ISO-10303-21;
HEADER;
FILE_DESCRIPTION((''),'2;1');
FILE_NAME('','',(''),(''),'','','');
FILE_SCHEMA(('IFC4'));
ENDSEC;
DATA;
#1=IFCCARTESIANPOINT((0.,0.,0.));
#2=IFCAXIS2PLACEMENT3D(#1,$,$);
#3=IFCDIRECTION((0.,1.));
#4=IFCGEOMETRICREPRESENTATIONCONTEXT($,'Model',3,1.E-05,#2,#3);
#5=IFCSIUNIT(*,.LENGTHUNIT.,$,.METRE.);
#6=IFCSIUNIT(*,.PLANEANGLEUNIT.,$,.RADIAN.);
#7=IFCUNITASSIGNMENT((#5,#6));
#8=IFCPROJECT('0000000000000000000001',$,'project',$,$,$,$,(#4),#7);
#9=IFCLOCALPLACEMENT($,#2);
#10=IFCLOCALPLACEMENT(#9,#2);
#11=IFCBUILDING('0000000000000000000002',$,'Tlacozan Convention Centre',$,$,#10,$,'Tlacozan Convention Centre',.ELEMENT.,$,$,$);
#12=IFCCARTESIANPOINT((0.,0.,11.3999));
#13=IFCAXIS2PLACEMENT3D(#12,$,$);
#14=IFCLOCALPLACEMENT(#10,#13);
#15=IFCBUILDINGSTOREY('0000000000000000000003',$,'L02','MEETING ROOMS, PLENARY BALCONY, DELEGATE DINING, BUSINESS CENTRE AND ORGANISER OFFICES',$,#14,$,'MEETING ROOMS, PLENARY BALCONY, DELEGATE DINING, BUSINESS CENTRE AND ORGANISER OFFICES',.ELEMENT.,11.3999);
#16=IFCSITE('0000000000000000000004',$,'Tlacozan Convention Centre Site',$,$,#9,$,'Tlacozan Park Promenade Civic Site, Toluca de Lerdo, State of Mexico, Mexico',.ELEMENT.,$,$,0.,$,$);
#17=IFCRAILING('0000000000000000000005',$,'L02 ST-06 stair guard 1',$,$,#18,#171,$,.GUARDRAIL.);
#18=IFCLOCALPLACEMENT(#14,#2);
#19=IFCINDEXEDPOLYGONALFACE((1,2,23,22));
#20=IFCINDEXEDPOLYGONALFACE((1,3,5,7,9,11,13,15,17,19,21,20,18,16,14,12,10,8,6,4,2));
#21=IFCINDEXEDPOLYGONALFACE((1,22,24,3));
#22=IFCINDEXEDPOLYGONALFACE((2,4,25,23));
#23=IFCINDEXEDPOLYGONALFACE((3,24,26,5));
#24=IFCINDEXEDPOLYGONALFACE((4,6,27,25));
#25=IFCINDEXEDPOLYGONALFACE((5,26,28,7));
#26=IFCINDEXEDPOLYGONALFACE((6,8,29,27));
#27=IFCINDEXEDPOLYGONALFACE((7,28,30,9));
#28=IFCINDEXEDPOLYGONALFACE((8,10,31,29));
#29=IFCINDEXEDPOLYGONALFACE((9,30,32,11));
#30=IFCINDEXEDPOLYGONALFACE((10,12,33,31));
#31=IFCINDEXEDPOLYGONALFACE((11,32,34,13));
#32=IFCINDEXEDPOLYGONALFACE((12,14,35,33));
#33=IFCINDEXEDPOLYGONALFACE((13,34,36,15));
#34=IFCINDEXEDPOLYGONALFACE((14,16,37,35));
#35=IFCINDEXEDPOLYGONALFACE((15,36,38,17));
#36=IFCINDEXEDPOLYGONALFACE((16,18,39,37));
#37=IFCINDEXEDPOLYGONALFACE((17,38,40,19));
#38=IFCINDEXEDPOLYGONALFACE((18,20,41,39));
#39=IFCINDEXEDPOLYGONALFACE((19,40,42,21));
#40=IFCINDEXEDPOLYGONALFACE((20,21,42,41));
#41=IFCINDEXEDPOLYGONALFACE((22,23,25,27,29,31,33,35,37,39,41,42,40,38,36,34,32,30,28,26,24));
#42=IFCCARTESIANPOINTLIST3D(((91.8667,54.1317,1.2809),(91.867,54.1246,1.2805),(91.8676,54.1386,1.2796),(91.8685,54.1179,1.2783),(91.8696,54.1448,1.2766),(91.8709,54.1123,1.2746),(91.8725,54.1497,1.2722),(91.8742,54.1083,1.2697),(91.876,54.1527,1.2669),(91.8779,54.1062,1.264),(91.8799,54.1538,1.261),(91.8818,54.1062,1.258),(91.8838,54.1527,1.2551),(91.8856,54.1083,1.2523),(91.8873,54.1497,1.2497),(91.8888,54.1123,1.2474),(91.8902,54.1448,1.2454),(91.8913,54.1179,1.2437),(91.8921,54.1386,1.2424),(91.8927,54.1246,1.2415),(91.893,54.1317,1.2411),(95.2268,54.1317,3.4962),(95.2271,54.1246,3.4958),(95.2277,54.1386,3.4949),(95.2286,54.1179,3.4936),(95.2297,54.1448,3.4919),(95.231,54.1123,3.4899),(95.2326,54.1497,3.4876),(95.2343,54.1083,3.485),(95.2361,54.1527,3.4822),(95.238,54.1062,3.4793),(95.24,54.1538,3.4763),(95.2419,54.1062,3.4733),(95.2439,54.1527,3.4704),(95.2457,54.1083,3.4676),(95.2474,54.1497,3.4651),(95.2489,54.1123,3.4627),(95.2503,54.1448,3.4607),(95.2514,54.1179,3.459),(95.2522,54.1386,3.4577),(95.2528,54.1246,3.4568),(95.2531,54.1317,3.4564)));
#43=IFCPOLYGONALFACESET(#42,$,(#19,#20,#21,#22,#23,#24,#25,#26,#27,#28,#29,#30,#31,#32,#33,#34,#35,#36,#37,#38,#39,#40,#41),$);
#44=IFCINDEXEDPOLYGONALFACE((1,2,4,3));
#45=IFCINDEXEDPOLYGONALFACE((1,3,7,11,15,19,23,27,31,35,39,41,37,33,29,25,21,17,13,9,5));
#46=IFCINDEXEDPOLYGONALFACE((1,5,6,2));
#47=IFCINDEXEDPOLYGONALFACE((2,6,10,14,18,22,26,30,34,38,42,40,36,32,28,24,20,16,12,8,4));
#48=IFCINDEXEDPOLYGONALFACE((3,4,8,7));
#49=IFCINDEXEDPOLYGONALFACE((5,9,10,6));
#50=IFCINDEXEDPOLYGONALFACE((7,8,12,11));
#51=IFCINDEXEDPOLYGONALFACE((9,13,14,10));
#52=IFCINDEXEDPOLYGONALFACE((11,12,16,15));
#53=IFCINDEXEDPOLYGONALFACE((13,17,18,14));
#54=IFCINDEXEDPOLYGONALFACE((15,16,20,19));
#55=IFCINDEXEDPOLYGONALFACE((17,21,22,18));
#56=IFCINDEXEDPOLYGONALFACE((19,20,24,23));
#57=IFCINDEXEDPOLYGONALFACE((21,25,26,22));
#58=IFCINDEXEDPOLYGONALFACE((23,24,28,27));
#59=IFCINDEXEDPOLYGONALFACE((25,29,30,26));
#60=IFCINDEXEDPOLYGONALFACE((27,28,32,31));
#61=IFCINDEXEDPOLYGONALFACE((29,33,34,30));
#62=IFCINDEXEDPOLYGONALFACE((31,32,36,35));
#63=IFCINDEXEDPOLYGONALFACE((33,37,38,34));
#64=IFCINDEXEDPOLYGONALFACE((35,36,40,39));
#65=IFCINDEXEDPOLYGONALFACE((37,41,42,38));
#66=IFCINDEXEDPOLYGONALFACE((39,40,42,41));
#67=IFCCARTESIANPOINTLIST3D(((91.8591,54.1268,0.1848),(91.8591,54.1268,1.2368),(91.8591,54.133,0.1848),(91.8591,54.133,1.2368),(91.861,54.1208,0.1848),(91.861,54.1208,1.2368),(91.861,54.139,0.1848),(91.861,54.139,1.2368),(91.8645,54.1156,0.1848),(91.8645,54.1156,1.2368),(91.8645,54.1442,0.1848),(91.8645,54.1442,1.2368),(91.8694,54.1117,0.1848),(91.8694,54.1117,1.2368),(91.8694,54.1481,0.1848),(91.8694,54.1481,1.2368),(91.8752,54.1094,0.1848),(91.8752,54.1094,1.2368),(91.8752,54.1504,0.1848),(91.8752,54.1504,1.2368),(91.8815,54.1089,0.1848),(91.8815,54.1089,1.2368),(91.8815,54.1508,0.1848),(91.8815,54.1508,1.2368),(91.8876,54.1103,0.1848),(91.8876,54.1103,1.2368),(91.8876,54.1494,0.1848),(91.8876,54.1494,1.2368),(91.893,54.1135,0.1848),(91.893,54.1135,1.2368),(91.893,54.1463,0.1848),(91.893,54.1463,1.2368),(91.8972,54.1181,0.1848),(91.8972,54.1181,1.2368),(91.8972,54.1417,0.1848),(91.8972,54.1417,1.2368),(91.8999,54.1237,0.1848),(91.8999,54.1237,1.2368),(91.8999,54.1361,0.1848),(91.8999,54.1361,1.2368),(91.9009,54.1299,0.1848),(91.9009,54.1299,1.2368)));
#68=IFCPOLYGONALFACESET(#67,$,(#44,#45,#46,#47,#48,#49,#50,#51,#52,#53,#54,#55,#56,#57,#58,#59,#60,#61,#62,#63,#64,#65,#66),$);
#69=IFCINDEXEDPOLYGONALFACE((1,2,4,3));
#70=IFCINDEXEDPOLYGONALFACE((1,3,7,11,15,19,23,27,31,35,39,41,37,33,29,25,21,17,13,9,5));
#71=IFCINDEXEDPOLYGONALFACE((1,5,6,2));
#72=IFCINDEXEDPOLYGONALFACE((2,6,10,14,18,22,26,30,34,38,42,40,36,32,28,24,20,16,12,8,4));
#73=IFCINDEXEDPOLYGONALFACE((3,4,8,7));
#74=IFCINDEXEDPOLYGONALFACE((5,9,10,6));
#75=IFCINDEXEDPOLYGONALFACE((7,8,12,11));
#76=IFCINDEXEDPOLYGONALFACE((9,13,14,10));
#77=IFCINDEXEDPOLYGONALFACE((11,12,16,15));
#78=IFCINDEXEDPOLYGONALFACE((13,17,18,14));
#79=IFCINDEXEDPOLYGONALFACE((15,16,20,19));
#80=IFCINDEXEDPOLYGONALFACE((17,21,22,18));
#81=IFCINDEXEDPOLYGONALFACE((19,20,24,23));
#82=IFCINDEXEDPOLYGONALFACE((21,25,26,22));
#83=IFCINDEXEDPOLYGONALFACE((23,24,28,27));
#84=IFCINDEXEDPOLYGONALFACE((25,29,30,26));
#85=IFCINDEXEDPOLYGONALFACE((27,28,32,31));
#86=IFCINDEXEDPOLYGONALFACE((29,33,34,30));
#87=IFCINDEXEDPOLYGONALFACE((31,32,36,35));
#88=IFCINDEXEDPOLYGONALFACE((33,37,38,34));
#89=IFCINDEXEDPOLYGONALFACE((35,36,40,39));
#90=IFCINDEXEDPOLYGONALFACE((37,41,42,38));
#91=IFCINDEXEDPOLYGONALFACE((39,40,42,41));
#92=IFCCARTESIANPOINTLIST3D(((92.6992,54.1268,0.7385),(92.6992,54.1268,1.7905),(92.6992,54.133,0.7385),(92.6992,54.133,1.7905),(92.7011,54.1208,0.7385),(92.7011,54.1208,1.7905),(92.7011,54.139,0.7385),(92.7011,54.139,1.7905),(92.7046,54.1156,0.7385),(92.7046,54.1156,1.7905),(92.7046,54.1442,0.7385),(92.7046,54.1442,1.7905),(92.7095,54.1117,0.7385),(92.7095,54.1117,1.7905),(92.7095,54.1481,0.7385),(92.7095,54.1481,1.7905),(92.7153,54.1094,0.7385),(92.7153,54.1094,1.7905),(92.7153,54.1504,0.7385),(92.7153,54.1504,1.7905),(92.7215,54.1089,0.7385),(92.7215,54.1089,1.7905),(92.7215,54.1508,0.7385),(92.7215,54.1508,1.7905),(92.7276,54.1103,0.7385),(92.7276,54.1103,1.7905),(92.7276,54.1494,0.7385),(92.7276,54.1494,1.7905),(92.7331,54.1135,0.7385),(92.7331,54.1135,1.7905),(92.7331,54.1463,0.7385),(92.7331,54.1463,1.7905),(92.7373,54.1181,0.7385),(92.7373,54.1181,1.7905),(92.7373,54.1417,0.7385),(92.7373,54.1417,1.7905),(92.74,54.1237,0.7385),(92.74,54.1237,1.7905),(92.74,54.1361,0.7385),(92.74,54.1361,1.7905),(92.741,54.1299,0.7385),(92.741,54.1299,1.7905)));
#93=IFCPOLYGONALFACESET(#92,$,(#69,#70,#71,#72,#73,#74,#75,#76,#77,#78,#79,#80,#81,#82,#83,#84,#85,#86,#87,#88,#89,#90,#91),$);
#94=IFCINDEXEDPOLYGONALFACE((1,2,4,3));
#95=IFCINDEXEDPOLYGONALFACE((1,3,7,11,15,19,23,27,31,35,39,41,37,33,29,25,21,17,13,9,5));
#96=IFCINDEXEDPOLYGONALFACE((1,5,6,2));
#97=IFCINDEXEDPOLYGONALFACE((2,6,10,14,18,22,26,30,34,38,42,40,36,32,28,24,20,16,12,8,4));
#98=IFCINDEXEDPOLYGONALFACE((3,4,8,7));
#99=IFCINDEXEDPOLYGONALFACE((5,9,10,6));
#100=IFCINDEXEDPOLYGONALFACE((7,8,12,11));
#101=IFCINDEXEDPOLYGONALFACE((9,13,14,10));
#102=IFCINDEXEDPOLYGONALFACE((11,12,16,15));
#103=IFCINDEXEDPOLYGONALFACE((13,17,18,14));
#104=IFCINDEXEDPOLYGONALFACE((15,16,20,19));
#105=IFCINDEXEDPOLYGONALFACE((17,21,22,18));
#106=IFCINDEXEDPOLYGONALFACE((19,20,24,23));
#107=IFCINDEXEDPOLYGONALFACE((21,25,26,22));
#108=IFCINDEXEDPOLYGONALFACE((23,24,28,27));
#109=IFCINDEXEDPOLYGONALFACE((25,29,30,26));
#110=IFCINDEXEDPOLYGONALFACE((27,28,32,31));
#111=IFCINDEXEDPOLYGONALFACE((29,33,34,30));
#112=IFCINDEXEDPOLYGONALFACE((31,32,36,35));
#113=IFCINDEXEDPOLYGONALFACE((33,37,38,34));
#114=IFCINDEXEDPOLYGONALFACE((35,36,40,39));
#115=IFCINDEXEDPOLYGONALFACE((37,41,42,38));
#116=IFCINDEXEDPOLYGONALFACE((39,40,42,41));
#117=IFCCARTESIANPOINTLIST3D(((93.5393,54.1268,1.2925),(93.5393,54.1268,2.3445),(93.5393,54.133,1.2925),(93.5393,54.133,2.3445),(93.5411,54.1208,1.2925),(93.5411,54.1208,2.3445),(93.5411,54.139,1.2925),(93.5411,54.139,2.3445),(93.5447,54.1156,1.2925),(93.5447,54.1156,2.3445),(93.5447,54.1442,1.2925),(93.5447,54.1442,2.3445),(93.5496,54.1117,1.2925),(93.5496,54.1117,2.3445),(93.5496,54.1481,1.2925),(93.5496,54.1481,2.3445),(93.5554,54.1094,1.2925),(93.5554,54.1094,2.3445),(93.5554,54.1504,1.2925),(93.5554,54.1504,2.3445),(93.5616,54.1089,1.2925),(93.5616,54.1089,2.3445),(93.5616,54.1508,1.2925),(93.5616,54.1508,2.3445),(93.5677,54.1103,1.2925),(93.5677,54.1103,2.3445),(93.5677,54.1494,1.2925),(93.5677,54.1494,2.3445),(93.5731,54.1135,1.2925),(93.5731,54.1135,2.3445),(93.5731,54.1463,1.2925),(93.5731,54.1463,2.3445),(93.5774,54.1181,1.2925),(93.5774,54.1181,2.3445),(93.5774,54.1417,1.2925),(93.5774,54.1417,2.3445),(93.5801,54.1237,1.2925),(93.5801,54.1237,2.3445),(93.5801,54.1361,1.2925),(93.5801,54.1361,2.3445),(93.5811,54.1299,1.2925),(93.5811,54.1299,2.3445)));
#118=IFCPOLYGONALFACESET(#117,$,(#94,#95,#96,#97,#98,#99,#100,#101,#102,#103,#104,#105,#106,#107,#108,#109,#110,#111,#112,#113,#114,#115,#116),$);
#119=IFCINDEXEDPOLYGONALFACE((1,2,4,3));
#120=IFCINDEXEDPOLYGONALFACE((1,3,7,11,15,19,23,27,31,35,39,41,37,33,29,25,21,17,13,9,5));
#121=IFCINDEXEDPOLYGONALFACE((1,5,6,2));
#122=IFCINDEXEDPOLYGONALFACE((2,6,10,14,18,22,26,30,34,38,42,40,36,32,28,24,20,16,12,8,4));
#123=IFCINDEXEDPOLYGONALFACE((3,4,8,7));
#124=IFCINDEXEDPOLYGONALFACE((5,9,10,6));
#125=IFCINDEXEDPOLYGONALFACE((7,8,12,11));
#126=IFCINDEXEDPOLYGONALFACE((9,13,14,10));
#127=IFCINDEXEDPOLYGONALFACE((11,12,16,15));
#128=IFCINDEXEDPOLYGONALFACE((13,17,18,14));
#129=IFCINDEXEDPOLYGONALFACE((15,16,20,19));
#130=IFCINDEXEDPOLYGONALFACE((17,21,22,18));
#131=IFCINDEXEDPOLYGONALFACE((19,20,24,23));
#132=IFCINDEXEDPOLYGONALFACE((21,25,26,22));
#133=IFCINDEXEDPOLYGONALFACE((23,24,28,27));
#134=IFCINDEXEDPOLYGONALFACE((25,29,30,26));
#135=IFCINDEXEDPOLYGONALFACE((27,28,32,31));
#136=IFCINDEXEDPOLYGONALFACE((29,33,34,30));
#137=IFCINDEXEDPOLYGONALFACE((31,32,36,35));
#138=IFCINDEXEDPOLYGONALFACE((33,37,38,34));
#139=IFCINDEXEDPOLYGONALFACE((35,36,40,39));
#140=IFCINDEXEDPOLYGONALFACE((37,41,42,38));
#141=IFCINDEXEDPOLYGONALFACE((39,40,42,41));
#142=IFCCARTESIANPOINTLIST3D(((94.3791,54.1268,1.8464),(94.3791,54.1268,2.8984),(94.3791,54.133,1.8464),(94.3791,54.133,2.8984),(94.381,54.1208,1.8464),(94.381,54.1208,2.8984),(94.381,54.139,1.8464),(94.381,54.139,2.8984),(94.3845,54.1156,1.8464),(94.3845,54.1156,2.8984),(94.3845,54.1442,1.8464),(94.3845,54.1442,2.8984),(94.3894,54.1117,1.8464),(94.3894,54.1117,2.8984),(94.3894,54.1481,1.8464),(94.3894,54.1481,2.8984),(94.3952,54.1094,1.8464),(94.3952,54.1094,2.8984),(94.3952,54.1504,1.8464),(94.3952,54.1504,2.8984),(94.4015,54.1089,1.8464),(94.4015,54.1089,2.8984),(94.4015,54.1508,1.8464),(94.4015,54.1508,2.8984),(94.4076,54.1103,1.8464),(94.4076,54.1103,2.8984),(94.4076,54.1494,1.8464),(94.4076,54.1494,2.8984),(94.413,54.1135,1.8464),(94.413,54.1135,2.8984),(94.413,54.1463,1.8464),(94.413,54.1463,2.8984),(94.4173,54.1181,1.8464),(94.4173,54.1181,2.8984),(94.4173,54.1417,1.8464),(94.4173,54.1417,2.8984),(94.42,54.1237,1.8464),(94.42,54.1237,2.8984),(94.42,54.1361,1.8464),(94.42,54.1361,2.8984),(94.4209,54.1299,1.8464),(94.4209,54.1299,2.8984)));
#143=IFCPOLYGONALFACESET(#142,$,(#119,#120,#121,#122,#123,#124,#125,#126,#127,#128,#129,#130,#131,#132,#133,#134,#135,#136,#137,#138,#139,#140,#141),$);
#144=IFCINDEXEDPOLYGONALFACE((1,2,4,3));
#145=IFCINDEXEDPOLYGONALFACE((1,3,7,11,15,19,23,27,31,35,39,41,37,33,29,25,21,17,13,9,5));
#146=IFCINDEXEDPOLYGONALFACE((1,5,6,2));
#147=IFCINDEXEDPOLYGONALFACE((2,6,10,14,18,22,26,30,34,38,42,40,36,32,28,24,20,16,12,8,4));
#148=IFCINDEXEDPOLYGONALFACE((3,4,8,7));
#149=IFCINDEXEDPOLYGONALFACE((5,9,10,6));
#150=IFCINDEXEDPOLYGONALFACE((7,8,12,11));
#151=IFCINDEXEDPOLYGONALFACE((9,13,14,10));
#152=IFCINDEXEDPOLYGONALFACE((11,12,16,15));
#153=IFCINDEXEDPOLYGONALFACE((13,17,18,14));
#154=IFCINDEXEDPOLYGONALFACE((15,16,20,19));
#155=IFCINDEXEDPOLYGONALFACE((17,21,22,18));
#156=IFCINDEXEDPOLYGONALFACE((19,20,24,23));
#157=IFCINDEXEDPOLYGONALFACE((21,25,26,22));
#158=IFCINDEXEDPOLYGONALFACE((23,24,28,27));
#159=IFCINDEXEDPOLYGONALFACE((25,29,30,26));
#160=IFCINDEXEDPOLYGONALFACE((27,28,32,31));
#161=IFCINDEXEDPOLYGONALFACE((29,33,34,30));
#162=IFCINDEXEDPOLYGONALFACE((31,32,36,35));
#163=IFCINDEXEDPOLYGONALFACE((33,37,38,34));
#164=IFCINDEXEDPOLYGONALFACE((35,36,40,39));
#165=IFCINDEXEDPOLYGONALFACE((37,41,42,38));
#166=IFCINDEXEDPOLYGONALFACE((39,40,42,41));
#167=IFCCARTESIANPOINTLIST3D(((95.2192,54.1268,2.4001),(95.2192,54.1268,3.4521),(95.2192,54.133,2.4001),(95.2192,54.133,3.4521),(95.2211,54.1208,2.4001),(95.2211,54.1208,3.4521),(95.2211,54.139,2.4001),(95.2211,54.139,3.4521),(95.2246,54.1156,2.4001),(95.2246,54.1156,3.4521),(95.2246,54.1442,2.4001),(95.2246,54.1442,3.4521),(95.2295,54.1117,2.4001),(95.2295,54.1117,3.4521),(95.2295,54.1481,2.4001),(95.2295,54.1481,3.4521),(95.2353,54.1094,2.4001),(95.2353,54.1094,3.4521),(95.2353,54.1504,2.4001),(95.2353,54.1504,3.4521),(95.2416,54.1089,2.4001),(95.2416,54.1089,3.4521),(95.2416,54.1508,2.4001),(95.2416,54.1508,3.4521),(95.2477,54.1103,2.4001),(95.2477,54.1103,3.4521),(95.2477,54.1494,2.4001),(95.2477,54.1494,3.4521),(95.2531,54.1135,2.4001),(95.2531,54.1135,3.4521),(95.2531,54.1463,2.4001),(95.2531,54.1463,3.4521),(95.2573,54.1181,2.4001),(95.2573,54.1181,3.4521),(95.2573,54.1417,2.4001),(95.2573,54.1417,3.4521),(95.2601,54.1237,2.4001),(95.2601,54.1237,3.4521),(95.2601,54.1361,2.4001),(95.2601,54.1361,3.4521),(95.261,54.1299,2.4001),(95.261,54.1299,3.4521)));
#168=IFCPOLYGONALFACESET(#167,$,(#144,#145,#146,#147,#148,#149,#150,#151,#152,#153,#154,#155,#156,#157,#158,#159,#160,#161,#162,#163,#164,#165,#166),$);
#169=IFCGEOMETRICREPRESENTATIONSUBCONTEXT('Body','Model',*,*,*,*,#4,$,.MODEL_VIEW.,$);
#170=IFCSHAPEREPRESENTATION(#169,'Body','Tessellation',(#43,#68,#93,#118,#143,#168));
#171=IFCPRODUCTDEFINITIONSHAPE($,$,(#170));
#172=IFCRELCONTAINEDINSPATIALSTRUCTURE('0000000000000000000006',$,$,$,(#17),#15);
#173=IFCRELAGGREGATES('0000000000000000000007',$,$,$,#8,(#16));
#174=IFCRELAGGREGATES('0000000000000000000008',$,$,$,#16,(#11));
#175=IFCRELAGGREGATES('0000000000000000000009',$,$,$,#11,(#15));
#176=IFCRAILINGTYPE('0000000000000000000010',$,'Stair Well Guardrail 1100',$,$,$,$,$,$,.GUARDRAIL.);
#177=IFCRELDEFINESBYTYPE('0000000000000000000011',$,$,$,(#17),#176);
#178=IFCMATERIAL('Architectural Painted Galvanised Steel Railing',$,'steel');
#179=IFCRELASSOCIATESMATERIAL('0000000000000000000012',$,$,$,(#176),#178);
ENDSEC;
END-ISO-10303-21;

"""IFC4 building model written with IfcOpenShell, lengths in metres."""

from ifc_helpers import new_model, si_unit, direction, frame, origin, origin_2d, place, context, subcontext, project, spatial, circle, extrude, material, type_object, element, save


model = new_model("IFC4")

# Units and contexts
model_context = context("Model", 3, precision=1e-05, world=origin(), true_north=direction((0.0, 1.0)))
body_context = subcontext(model_context, "Body", "Model", "MODEL_VIEW")
ifc_project = project(units=[si_unit("LENGTHUNIT", "METRE"), si_unit("PLANEANGLEUNIT", "RADIAN")], contexts=[model_context])

# Site, building, storey
site_placement = place(None, origin())
site = spatial("IfcSite", under=ifc_project, at=site_placement, Name="Tlacozan Convention Centre Site", LongName="Tlacozan Park Promenade Civic Site, Toluca de Lerdo, State of Mexico, Mexico", CompositionType="ELEMENT", RefElevation=0.0)
building_placement = place(site_placement, origin())
building = spatial("IfcBuilding", under=site, at=building_placement, Name="Tlacozan Convention Centre", LongName="Tlacozan Convention Centre", CompositionType="ELEMENT")
storey_placement = place(building_placement, frame((0.0, 0.0, 11.3999)))
storey = spatial("IfcBuildingStorey", under=building, at=storey_placement, Name="L02", Description="MEETING ROOMS, PLENARY BALCONY, DELEGATE DINING, BUSINESS CENTRE AND ORGANISER OFFICES", LongName="MEETING ROOMS, PLENARY BALCONY, DELEGATE DINING, BUSINESS CENTRE AND ORGANISER OFFICES", CompositionType="ELEMENT", Elevation=11.3999)

# Railing
ifc_material_1 = material(Name="Architectural Painted Galvanised Steel Railing", Category="steel")
railing_type_1 = type_object("IfcRailingType", Name="Stair Well Guardrail 1100", PredefinedType="GUARDRAIL", material=ifc_material_1)
railing_1_placement = place(storey_placement, frame((91.8799, 54.1299, 0.1848)))
element("IfcRailing", 1, at=railing_1_placement, inside=storey, type_object=railing_type_1, Name="L02 ST-06 stair guard 1", PredefinedType="GUARDRAIL", context=body_context, shape_type="SweptSolid", body=[
    extrude(circle(Radius=0.0239, at=origin_2d()), frame((0.0, 0.0, 1.0762), z_axis=(0.834876, 0.0, 0.550437), x_axis=(0.0, 1.0, 0.0)), (0.0, 0.0, 1.0), 4.0247),
    extrude(circle(Radius=0.021, at=origin_2d()), origin(), (0.0, 0.0, 1.0), 1.052),
    extrude(circle(Radius=0.021, at=origin_2d()), frame((0.8401, 0.0, 0.5537)), (0.0, 0.0, 1.0), 1.052),
    extrude(circle(Radius=0.021, at=origin_2d()), frame((1.6802, 0.0, 1.1077)), (0.0, 0.0, 1.0), 1.052),
    extrude(circle(Radius=0.021, at=origin_2d()), frame((2.52, 0.0, 1.6616)), (0.0, 0.0, 1.0), 1.052),
    extrude(circle(Radius=0.021, at=origin_2d()), frame((3.3601, 0.0, 2.2153)), (0.0, 0.0, 1.0), 1.052),
])

save(model, "model.ifc")
